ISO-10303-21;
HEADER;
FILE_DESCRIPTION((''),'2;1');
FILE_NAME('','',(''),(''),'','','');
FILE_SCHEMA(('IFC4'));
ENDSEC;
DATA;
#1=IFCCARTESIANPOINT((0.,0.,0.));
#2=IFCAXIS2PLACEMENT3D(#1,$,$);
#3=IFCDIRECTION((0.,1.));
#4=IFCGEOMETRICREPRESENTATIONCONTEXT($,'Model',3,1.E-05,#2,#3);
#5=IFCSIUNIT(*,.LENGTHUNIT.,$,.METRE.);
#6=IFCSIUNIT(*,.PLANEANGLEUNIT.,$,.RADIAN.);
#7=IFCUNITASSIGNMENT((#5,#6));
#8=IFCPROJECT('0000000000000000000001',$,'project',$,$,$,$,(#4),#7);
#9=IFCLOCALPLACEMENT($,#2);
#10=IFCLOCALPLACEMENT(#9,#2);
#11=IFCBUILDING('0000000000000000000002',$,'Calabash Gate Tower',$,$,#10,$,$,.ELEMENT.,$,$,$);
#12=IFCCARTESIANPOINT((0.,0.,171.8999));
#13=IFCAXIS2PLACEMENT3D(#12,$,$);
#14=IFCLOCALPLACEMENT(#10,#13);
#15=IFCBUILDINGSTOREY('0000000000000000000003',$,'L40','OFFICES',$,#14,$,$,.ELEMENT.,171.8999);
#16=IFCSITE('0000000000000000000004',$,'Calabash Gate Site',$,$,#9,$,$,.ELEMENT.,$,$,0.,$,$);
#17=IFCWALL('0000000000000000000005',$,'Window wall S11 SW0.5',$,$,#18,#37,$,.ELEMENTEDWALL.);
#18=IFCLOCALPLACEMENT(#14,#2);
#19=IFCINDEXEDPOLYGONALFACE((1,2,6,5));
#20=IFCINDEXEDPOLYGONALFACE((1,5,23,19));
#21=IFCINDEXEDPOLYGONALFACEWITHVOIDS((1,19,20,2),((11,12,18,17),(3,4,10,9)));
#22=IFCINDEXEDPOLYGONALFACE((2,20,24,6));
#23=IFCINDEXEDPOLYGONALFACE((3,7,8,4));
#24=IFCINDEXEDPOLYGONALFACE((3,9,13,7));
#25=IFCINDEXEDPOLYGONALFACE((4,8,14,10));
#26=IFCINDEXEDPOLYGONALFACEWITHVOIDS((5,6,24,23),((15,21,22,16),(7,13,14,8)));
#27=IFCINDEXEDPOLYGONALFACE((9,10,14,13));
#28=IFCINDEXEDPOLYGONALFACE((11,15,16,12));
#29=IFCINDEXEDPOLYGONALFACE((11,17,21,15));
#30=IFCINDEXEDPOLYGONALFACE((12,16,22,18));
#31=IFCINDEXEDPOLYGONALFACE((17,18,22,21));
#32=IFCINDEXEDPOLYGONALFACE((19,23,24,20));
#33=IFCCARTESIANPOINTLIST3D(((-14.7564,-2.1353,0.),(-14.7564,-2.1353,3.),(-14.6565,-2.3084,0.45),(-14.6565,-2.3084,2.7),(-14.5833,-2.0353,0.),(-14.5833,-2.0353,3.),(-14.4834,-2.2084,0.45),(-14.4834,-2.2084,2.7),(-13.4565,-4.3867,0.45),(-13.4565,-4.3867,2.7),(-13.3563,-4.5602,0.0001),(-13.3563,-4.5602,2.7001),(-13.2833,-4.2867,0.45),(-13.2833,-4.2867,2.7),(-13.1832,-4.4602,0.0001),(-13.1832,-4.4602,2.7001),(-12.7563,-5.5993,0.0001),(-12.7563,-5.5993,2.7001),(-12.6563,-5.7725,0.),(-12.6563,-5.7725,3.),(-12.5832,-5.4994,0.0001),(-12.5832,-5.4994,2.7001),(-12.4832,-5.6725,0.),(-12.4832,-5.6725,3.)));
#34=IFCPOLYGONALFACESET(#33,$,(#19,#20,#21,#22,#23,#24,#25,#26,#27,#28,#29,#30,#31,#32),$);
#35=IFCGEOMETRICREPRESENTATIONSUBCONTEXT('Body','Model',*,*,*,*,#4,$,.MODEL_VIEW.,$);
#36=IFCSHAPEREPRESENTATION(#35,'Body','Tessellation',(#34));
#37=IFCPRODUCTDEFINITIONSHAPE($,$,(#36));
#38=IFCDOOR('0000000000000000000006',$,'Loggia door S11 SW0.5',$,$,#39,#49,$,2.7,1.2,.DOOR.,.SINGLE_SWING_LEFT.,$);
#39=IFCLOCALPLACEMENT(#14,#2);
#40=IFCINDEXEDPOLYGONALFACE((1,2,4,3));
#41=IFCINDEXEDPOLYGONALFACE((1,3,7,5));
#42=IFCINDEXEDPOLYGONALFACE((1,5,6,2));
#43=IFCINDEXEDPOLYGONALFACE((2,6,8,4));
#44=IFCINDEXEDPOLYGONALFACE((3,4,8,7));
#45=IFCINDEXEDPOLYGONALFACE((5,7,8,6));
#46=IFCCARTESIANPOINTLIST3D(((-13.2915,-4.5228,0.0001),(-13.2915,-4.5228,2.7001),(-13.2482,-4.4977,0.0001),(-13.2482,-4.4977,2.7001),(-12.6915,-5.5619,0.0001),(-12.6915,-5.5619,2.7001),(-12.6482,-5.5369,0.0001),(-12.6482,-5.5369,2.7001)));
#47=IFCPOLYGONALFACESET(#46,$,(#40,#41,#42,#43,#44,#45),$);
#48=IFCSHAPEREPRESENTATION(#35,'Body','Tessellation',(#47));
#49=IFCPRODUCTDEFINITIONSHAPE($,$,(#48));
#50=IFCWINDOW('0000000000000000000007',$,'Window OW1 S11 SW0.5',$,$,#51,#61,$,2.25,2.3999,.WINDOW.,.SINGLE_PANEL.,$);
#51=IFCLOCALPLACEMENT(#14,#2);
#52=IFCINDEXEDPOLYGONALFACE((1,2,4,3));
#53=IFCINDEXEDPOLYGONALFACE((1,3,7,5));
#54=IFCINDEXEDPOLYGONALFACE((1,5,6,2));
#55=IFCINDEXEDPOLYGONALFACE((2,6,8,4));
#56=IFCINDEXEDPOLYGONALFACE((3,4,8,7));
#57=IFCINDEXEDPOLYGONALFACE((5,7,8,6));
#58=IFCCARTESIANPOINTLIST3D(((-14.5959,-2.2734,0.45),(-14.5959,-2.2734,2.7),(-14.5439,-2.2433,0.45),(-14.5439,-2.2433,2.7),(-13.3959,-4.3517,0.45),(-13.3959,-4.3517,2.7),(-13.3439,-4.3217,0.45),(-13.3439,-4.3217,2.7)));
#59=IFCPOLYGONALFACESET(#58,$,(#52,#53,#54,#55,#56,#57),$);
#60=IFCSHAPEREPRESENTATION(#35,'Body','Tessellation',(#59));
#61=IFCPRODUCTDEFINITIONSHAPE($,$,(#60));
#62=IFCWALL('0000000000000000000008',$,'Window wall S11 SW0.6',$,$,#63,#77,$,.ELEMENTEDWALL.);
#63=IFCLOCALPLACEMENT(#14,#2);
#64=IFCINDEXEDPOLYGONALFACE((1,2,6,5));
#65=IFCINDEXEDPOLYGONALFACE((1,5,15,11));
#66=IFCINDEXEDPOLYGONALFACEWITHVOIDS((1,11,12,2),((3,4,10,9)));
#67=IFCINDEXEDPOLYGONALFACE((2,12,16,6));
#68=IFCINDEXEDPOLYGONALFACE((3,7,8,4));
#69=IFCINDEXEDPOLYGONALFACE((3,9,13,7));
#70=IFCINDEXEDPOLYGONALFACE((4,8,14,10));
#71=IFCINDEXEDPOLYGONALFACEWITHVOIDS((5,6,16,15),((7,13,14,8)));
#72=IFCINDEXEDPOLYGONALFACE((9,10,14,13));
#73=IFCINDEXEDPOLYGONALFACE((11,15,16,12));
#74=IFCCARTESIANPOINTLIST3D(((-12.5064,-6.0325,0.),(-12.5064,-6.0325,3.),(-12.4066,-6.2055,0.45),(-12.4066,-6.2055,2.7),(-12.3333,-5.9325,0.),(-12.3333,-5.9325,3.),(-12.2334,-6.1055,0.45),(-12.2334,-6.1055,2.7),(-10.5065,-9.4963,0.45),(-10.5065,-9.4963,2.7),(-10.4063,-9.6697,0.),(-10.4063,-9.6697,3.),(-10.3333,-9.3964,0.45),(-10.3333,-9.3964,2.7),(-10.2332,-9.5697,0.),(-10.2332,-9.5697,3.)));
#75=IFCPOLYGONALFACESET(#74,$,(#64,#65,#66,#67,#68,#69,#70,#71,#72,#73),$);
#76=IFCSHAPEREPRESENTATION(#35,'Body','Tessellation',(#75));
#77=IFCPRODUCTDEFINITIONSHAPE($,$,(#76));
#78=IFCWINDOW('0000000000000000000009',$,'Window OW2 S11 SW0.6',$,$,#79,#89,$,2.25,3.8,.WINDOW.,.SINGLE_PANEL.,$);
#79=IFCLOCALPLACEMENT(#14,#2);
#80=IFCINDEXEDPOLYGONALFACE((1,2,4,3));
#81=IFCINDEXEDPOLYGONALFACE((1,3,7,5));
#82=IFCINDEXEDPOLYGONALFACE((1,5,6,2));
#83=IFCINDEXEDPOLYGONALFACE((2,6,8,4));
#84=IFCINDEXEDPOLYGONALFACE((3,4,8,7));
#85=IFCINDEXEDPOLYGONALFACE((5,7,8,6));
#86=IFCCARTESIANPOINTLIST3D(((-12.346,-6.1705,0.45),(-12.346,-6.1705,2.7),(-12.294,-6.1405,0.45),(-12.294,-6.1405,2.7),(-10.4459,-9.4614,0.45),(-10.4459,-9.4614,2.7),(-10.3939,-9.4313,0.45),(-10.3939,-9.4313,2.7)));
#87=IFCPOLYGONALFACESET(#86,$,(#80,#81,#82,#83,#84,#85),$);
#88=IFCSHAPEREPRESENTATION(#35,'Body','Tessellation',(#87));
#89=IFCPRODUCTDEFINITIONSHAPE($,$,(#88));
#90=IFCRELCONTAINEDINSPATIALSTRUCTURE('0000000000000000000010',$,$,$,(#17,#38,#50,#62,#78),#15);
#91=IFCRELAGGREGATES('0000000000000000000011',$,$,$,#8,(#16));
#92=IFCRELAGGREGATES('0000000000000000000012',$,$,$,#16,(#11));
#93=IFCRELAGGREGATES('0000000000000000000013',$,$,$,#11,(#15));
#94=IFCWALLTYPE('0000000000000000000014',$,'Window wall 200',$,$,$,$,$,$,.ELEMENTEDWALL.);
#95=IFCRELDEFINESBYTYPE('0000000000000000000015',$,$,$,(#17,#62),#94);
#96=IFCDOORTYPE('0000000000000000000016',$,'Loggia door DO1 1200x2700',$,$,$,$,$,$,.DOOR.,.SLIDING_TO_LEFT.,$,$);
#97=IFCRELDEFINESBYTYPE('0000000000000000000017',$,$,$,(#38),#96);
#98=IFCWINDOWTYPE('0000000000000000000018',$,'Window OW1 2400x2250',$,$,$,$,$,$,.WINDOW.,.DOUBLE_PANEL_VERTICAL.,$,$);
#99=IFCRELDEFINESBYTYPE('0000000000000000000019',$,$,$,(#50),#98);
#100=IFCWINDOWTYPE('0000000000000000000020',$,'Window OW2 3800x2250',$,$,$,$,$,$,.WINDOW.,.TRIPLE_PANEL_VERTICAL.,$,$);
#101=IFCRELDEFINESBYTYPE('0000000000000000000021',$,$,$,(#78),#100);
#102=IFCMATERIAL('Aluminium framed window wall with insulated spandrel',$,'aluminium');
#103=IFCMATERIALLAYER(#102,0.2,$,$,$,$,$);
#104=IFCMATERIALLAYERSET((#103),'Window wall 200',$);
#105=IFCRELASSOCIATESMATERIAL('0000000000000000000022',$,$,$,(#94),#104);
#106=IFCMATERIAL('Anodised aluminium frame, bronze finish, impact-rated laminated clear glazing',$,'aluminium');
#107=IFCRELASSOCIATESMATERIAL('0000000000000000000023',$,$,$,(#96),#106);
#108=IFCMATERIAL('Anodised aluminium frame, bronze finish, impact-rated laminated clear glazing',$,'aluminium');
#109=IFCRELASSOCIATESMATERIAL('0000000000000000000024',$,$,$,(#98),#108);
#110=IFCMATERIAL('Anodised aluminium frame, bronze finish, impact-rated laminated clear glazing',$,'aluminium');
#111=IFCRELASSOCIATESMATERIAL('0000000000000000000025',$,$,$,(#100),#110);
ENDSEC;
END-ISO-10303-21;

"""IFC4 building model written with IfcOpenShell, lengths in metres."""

from ifc_helpers import new_model, si_unit, direction, frame, frame_2d, origin, place, context, subcontext, project, spatial, rectangle, extrude, material, layer, layer_set, type_object, element, fill, save


model = new_model("IFC4")

# Units and contexts
model_context = context("Model", 3, precision=1e-05, world=origin(), true_north=direction((0.0, 1.0)))
body_context = subcontext(model_context, "Body", "Model", "MODEL_VIEW")
ifc_project = project(units=[si_unit("LENGTHUNIT", "METRE"), si_unit("PLANEANGLEUNIT", "RADIAN")], contexts=[model_context])

# Site, building, storey
site_placement = place(None, origin())
site = spatial("IfcSite", under=ifc_project, at=site_placement, Name="Calabash Gate Site", CompositionType="ELEMENT", RefElevation=0.0)
building_placement = place(site_placement, origin())
building = spatial("IfcBuilding", under=site, at=building_placement, Name="Calabash Gate Tower", CompositionType="ELEMENT")
storey_placement = place(building_placement, frame((0.0, 0.0, 171.8999)))
storey = spatial("IfcBuildingStorey", under=building, at=storey_placement, Name="L40", Description="OFFICES", CompositionType="ELEMENT", Elevation=171.8999)

# Wall, openings, door, window
ifc_material_1 = material(Name="Aluminium framed window wall with insulated spandrel", Category="aluminium")
ifc_layer_1 = layer(ifc_material_1, 0.2)
ifc_layer_set_1 = layer_set([ifc_layer_1], Name="Window wall 200")
wall_type_1 = type_object("IfcWallType", Name="Window wall 200", PredefinedType="ELEMENTEDWALL", material=ifc_layer_set_1)
wall_1_placement = place(storey_placement, frame((-14.6699, -2.0852, 0.0), z_axis=(0.0, 0.0, 1.0), x_axis=(0.500028, -0.866009, 0.0)))
wall_1 = element("IfcWall", 1, at=wall_1_placement, inside=storey, type_object=wall_type_1, Name="Window wall S11 SW0.5", PredefinedType="ELEMENTEDWALL", context=body_context, shape_type="SweptSolid", body=[
    extrude(rectangle(XDim=4.2, YDim=0.2, at=frame_2d((2.1001, 0.0))), origin(), (0.0, 0.0, 1.0), 3.0),
])
opening_1_placement = place(wall_1_placement, frame((0.2, 0.0, 0.45)))
opening_1 = element("IfcOpeningElement", 2, at=opening_1_placement, cuts=wall_1, PredefinedType="OPENING", context=body_context, shape_type="SweptSolid", body=[
    extrude(rectangle(XDim=2.3999, YDim=2.25, at=frame_2d((1.2, 1.125))), frame((0.0, 0.1099, 0.0), z_axis=(0.0, -1.0, 0.0), x_axis=(1.0, 0.0, 0.0)), (0.0, 0.0, 1.0), 0.22),
])
opening_2_placement = place(wall_1_placement, frame((2.8, 0.0, 0.0)))
opening_2 = element("IfcOpeningElement", 3, at=opening_2_placement, cuts=wall_1, PredefinedType="OPENING", context=body_context, shape_type="SweptSolid", body=[
    extrude(rectangle(XDim=1.2, YDim=2.7, at=frame_2d((0.6001, 1.3501))), frame((0.0, 0.1099, 0.0), z_axis=(0.0, -1.0, 0.0), x_axis=(1.0, 0.0, 0.0)), (0.0, 0.0, 1.0), 0.22),
])
ifc_material_2 = material(Name="Anodised aluminium frame, bronze finish, impact-rated laminated clear glazing", Category="aluminium")
door_type_1 = type_object("IfcDoorType", Name="Loggia door DO1 1200x2700", OperationType="SLIDING_TO_LEFT", PredefinedType="DOOR", material=ifc_material_2)
door_1_placement = place(opening_2_placement, origin())
door_1 = element("IfcDoor", 4, at=door_1_placement, inside=storey, type_object=door_type_1, Name="Loggia door S11 SW0.5", OperationType="SINGLE_SWING_LEFT", OverallHeight=2.7, OverallWidth=1.2, PredefinedType="DOOR", context=body_context, shape_type="SweptSolid", body=[
    extrude(rectangle(XDim=1.2, YDim=2.7, at=frame_2d((0.6001, 1.3501))), frame((0.0, 0.0249, 0.0), z_axis=(0.0, -1.0, 0.0), x_axis=(1.0, 0.0, 0.0)), (0.0, 0.0, 1.0), 0.05),
])
fill(opening_2, door_1)
ifc_material_3 = material(Name="Anodised aluminium frame, bronze finish, impact-rated laminated clear glazing", Category="aluminium")
window_type_1 = type_object("IfcWindowType", Name="Window OW1 2400x2250", PartitioningType="DOUBLE_PANEL_VERTICAL", PredefinedType="WINDOW", material=ifc_material_3)
window_1_placement = place(opening_1_placement, origin())
window_1 = element("IfcWindow", 5, at=window_1_placement, inside=storey, type_object=window_type_1, Name="Window OW1 S11 SW0.5", OverallHeight=2.25, OverallWidth=2.3999, PartitioningType="SINGLE_PANEL", PredefinedType="WINDOW", context=body_context, shape_type="SweptSolid", body=[
    extrude(rectangle(XDim=2.3999, YDim=2.25, at=frame_2d((1.2, 1.125))), frame((0.0, 0.03, 0.0), z_axis=(0.0, -1.0, 0.0), x_axis=(1.0, 0.0, 0.0)), (0.0, 0.0, 1.0), 0.0601),
])
fill(opening_1, window_1)

# Wall, opening, window
wall_2_placement = place(storey_placement, frame((-12.4199, -5.9824, 0.0), z_axis=(0.0, 0.0, 1.0), x_axis=(0.500028, -0.866009, 0.0)))
wall_2 = element("IfcWall", 6, at=wall_2_placement, inside=storey, type_object=wall_type_1, Name="Window wall S11 SW0.6", PredefinedType="ELEMENTEDWALL", context=body_context, shape_type="SweptSolid", body=[
    extrude(rectangle(XDim=4.2, YDim=0.2, at=frame_2d((2.1001, 0.0))), origin(), (0.0, 0.0, 1.0), 3.0),
])
opening_3_placement = place(wall_2_placement, frame((0.2, 0.0, 0.45)))
opening_3 = element("IfcOpeningElement", 7, at=opening_3_placement, cuts=wall_2, PredefinedType="OPENING", context=body_context, shape_type="SweptSolid", body=[
    extrude(rectangle(XDim=3.8, YDim=2.25, at=frame_2d((1.8999, 1.125))), frame((0.0, 0.1099, 0.0), z_axis=(0.0, -1.0, 0.0), x_axis=(1.0, 0.0, 0.0)), (0.0, 0.0, 1.0), 0.22),
])
ifc_material_4 = material(Name="Anodised aluminium frame, bronze finish, impact-rated laminated clear glazing", Category="aluminium")
window_type_2 = type_object("IfcWindowType", Name="Window OW2 3800x2250", PartitioningType="TRIPLE_PANEL_VERTICAL", PredefinedType="WINDOW", material=ifc_material_4)
window_2_placement = place(opening_3_placement, origin())
window_2 = element("IfcWindow", 8, at=window_2_placement, inside=storey, type_object=window_type_2, Name="Window OW2 S11 SW0.6", OverallHeight=2.25, OverallWidth=3.8, PartitioningType="SINGLE_PANEL", PredefinedType="WINDOW", context=body_context, shape_type="SweptSolid", body=[
    extrude(rectangle(XDim=3.8, YDim=2.25, at=frame_2d((1.8999, 1.125))), frame((0.0, 0.03, 0.0), z_axis=(0.0, -1.0, 0.0), x_axis=(1.0, 0.0, 0.0)), (0.0, 0.0, 1.0), 0.0601),
])
fill(opening_3, window_2)

save(model, "model.ifc")
